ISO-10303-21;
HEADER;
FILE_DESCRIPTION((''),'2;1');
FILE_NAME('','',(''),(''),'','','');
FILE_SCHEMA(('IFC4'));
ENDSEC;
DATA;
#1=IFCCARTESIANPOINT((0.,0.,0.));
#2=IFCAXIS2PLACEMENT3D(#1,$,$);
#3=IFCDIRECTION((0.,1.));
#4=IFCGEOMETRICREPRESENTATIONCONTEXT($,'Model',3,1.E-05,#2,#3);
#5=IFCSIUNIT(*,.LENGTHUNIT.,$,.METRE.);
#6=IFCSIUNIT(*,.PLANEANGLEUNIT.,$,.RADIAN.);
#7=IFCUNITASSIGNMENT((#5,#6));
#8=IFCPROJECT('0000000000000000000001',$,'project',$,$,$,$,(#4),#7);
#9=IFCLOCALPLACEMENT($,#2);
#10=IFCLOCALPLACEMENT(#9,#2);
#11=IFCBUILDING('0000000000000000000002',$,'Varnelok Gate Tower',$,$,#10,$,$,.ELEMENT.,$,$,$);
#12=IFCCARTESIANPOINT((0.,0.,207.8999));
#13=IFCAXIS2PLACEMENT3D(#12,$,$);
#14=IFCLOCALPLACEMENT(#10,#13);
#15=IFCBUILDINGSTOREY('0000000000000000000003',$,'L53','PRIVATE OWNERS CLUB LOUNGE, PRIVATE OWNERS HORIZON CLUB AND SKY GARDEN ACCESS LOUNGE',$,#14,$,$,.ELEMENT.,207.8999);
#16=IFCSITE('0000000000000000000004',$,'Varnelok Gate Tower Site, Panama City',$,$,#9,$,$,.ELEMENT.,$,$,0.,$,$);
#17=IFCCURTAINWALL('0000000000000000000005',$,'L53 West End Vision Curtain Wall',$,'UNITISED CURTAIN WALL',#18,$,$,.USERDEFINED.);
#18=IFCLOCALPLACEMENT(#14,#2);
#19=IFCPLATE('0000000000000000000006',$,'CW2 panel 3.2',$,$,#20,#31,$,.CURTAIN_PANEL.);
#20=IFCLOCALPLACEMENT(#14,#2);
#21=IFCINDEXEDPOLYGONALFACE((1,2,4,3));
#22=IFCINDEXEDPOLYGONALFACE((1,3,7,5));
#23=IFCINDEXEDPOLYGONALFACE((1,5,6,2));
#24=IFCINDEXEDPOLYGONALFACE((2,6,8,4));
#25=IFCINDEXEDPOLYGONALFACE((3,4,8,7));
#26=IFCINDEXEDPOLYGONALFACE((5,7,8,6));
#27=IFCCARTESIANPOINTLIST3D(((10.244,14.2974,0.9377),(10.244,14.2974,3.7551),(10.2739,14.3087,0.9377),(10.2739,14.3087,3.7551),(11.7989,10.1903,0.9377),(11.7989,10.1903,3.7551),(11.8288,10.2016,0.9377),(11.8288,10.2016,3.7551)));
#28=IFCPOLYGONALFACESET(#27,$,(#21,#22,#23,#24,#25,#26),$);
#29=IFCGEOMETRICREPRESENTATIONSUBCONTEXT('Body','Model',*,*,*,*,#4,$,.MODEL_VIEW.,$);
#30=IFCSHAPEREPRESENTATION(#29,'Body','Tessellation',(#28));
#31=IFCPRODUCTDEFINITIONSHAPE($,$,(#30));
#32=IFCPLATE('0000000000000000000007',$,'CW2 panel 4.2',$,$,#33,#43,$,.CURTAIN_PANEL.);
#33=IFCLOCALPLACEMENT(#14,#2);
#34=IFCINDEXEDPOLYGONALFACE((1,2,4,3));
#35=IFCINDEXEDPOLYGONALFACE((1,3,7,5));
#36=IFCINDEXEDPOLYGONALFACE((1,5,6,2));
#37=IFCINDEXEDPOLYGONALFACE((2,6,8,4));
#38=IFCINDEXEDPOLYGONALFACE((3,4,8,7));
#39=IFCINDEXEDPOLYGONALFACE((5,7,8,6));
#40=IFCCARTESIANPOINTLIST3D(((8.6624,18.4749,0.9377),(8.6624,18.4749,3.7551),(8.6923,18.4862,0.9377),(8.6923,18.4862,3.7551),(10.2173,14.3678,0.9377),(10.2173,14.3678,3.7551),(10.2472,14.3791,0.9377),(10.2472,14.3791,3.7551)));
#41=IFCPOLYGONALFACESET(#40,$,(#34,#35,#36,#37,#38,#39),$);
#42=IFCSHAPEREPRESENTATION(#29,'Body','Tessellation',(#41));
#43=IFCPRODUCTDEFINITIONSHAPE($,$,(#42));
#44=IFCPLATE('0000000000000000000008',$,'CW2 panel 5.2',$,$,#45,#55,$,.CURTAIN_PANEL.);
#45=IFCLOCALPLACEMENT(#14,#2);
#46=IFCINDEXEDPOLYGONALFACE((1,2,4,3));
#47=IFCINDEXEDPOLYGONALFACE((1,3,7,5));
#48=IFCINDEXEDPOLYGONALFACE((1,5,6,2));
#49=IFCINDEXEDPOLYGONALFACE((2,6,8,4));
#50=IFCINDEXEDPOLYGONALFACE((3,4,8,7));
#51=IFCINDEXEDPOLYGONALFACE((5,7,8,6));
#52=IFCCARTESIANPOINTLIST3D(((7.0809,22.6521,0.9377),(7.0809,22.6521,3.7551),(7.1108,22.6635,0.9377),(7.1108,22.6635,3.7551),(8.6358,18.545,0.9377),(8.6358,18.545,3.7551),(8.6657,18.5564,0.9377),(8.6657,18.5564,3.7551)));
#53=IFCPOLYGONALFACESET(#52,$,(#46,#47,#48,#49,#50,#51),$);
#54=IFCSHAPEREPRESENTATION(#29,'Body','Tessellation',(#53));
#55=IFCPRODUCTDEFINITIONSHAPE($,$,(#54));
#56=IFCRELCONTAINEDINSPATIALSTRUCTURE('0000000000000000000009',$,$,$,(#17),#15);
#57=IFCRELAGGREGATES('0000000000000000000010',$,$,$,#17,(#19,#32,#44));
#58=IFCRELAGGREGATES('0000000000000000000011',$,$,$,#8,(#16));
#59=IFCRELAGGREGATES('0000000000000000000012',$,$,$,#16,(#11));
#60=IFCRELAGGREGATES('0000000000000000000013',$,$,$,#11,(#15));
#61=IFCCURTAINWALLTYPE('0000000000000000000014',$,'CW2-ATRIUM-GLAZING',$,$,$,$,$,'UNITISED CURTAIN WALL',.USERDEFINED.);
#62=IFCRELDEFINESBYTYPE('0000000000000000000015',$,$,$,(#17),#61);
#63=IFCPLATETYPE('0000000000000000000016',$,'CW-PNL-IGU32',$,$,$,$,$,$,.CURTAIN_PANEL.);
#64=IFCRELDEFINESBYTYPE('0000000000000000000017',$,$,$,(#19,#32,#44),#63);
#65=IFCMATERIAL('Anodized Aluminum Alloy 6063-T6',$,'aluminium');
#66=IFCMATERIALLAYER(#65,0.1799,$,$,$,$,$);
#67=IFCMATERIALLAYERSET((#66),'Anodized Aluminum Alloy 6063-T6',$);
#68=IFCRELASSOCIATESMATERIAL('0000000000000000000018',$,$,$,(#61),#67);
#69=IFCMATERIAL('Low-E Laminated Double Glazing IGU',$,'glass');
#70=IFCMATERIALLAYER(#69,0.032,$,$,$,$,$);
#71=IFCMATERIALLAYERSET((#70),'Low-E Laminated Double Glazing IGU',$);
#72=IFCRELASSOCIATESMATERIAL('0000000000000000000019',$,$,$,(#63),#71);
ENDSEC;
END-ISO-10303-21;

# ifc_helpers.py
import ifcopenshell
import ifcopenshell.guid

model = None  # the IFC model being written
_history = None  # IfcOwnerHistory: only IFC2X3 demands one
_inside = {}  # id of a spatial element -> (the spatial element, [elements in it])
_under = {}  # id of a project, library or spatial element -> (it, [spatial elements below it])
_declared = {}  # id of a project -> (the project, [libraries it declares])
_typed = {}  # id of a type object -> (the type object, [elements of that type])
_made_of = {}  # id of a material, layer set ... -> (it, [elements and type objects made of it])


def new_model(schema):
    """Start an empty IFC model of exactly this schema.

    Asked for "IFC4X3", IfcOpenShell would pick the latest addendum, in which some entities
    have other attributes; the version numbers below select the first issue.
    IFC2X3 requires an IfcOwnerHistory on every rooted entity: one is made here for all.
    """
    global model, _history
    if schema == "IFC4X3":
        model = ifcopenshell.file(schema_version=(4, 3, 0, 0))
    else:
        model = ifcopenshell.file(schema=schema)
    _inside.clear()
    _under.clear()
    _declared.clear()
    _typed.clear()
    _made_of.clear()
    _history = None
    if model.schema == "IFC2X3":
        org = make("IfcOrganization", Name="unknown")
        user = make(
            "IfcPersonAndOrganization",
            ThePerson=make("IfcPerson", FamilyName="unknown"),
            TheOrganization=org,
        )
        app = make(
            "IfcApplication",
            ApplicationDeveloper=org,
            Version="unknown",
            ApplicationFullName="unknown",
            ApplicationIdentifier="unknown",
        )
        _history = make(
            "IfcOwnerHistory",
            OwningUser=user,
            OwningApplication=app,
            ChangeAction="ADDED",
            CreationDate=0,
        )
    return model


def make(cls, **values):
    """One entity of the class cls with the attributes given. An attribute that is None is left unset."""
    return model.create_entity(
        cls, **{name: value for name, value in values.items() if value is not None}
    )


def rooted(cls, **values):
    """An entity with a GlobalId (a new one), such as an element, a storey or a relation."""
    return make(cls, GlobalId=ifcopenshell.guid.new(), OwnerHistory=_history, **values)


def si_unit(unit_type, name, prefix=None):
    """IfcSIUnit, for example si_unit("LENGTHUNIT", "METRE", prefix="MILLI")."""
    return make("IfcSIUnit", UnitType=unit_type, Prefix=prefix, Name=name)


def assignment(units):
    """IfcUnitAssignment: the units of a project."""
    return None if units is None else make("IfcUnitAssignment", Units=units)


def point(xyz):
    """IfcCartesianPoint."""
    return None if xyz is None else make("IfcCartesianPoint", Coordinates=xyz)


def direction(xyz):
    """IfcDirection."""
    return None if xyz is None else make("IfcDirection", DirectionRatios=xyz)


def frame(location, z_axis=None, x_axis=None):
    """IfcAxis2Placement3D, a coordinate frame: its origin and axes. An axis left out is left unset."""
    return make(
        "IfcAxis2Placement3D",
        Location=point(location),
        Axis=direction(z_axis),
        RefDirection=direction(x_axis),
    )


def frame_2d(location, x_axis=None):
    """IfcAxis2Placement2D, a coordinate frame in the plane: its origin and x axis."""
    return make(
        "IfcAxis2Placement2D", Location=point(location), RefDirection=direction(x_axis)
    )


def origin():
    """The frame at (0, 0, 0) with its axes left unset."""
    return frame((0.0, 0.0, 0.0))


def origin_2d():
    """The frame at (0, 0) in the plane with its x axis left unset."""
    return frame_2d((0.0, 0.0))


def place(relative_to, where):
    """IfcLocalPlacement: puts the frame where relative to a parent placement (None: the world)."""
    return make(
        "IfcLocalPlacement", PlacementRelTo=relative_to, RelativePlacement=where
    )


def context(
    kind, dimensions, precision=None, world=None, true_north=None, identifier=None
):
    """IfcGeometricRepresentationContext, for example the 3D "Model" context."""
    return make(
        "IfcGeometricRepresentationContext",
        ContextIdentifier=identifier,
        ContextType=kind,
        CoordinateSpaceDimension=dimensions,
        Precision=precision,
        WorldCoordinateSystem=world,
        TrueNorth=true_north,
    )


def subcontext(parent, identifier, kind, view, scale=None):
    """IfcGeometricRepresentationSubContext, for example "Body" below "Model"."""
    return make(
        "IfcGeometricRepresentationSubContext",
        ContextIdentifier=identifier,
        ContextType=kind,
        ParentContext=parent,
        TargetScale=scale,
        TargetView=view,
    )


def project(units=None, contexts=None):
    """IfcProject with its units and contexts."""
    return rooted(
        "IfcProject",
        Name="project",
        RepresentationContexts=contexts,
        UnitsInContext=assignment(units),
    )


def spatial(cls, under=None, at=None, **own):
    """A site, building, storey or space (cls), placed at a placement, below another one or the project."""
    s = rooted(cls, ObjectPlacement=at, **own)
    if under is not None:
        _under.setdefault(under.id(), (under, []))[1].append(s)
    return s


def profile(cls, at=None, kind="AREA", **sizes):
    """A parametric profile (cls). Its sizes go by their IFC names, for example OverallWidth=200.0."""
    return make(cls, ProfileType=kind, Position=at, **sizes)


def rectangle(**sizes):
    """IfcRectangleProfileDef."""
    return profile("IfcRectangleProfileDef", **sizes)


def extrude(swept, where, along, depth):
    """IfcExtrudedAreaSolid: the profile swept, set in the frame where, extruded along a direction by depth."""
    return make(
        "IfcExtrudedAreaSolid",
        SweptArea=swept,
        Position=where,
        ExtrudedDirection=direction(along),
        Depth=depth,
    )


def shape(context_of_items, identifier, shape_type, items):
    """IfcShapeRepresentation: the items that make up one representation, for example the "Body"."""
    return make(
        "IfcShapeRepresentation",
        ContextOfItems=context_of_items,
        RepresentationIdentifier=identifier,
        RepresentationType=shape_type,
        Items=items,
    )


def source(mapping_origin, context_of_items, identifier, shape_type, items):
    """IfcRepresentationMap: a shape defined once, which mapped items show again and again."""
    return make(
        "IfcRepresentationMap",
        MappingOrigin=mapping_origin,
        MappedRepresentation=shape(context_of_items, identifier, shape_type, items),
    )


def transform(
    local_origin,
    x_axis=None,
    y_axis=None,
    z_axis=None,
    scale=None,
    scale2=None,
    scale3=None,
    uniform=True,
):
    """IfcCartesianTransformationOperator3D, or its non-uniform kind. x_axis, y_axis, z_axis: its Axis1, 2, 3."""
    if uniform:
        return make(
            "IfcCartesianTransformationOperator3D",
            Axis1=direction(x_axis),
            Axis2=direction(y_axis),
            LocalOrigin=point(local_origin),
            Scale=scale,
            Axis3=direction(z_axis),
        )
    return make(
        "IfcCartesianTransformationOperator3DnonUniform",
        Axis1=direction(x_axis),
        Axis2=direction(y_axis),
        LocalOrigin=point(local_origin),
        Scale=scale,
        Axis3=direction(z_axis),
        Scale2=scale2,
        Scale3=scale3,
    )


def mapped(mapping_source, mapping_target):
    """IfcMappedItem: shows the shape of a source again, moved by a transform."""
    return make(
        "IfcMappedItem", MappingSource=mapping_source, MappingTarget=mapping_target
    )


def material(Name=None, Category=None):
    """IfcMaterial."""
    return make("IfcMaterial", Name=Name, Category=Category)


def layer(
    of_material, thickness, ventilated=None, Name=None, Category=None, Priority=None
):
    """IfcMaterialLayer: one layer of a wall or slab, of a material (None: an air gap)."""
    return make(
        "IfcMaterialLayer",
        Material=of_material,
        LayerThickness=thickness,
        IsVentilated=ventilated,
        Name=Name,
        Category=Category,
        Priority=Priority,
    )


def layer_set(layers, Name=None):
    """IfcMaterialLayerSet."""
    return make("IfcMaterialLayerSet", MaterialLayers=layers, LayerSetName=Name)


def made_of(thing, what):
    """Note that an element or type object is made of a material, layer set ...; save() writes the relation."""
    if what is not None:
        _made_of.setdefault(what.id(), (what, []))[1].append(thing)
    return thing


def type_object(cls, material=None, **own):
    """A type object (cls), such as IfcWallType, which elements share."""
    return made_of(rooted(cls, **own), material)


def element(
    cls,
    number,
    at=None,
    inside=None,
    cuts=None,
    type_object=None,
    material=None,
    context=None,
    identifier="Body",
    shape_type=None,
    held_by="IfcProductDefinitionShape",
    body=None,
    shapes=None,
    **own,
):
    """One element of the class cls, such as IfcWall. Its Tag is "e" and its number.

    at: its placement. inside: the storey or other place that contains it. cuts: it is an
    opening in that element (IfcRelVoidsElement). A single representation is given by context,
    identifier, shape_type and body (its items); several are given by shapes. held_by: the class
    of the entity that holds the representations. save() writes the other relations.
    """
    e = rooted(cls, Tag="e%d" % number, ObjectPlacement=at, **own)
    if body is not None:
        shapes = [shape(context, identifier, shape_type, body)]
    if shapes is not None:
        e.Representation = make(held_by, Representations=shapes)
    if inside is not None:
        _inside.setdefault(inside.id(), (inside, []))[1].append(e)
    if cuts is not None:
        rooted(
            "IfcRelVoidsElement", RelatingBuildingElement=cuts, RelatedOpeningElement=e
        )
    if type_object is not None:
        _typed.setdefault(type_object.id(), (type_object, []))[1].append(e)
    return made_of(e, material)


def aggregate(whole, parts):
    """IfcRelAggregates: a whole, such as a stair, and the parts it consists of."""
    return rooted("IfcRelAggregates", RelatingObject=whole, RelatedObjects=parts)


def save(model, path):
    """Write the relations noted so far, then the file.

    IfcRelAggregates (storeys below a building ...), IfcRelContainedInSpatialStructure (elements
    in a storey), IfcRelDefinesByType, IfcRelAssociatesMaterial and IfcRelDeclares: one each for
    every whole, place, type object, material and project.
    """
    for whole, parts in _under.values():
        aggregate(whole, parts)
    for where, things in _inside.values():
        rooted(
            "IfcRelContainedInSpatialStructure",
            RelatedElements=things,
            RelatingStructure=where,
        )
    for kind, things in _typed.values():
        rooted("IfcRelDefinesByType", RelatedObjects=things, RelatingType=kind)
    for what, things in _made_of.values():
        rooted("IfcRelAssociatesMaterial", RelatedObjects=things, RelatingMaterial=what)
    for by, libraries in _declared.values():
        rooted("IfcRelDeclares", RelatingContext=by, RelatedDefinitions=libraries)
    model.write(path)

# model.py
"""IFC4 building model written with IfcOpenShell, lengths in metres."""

from ifc_helpers import new_model, si_unit, direction, frame, origin, origin_2d, place, context, subcontext, project, spatial, rectangle, extrude, source, transform, mapped, material, layer, layer_set, type_object, element, aggregate, save


model = new_model("IFC4")

# Units and contexts
model_context = context("Model", 3, precision=1e-05, world=origin(), true_north=direction((0.0, 1.0)))
body_context = subcontext(model_context, "Body", "Model", "MODEL_VIEW")
ifc_project = project(units=[si_unit("LENGTHUNIT", "METRE"), si_unit("PLANEANGLEUNIT", "RADIAN")], contexts=[model_context])

# Site, building, storey
site_placement = place(None, origin())
site = spatial("IfcSite", under=ifc_project, at=site_placement, Name="Varnelok Gate Tower Site, Panama City", CompositionType="ELEMENT", RefElevation=0.0)
building_placement = place(site_placement, origin())
building = spatial("IfcBuilding", under=site, at=building_placement, Name="Varnelok Gate Tower", CompositionType="ELEMENT")
storey_placement = place(building_placement, frame((0.0, 0.0, 207.8999)))
storey = spatial("IfcBuildingStorey", under=building, at=storey_placement, Name="L53", Description="PRIVATE OWNERS CLUB LOUNGE, PRIVATE OWNERS HORIZON CLUB AND SKY GARDEN ACCESS LOUNGE", CompositionType="ELEMENT", Elevation=207.8999)

# Curtain wall
ifc_material_1 = material(Name="Anodized Aluminum Alloy 6063-T6", Category="aluminium")
ifc_layer_1 = layer(ifc_material_1, 0.1799)
ifc_layer_set_1 = layer_set([ifc_layer_1], Name="Anodized Aluminum Alloy 6063-T6")
curtain_wall_type = type_object("IfcCurtainWallType", Name="CW2-ATRIUM-GLAZING", ElementType="UNITISED CURTAIN WALL", PredefinedType="USERDEFINED", material=ifc_layer_set_1)
curtain_wall_placement = place(storey_placement, origin())
curtain_wall = element("IfcCurtainWall", 1, at=curtain_wall_placement, inside=storey, type_object=curtain_wall_type, Name="L53 West End Vision Curtain Wall", ObjectType="UNITISED CURTAIN WALL", PredefinedType="USERDEFINED")

# Plates
ifc_material_2 = material(Name="Low-E Laminated Double Glazing IGU", Category="glass")
ifc_layer_2 = layer(ifc_material_2, 0.032)
ifc_layer_set_2 = layer_set([ifc_layer_2], Name="Low-E Laminated Double Glazing IGU")
plate_type = type_object("IfcPlateType", Name="CW-PNL-IGU32", PredefinedType="CURTAIN_PANEL", material=ifc_layer_set_2)
shared_shape_1 = source(origin(), body_context, "Body", "SweptSolid", [
    extrude(rectangle(XDim=4.3916, YDim=0.032, at=origin_2d()), origin(), (0.0, 0.0, 1.0), 2.8174),
])
plate_1_placement = place(storey_placement, frame((11.0364, 12.2495, 0.9377), z_axis=(0.0, 0.0, 1.0), x_axis=(-0.354064, 0.935221, 0.0)))
plate_1 = element("IfcPlate", 2, at=plate_1_placement, type_object=plate_type, Name="CW2 panel 3.2", PredefinedType="CURTAIN_PANEL", context=body_context, shape_type="MappedRepresentation", body=[
    mapped(shared_shape_1, transform((0.0, 0.0, 0.0), scale=1.0)),
])
plate_2_placement = place(storey_placement, frame((9.4548, 16.427, 0.9377), z_axis=(0.0, 0.0, 1.0), x_axis=(-0.354064, 0.935221, 0.0)))
plate_2 = element("IfcPlate", 3, at=plate_2_placement, type_object=plate_type, Name="CW2 panel 4.2", PredefinedType="CURTAIN_PANEL", context=body_context, shape_type="MappedRepresentation", body=[
    mapped(shared_shape_1, transform((0.0, 0.0, 0.0), scale=1.0)),
])
plate_3_placement = place(storey_placement, frame((7.8733, 20.6042, 0.9377), z_axis=(0.0, 0.0, 1.0), x_axis=(-0.354064, 0.935221, 0.0)))
plate_3 = element("IfcPlate", 4, at=plate_3_placement, type_object=plate_type, Name="CW2 panel 5.2", PredefinedType="CURTAIN_PANEL", context=body_context, shape_type="MappedRepresentation", body=[
    mapped(shared_shape_1, transform((0.0, 0.0, 0.0), scale=1.0)),
])
aggregate(curtain_wall, [plate_1, plate_2, plate_3])

save(model, "model.ifc")
